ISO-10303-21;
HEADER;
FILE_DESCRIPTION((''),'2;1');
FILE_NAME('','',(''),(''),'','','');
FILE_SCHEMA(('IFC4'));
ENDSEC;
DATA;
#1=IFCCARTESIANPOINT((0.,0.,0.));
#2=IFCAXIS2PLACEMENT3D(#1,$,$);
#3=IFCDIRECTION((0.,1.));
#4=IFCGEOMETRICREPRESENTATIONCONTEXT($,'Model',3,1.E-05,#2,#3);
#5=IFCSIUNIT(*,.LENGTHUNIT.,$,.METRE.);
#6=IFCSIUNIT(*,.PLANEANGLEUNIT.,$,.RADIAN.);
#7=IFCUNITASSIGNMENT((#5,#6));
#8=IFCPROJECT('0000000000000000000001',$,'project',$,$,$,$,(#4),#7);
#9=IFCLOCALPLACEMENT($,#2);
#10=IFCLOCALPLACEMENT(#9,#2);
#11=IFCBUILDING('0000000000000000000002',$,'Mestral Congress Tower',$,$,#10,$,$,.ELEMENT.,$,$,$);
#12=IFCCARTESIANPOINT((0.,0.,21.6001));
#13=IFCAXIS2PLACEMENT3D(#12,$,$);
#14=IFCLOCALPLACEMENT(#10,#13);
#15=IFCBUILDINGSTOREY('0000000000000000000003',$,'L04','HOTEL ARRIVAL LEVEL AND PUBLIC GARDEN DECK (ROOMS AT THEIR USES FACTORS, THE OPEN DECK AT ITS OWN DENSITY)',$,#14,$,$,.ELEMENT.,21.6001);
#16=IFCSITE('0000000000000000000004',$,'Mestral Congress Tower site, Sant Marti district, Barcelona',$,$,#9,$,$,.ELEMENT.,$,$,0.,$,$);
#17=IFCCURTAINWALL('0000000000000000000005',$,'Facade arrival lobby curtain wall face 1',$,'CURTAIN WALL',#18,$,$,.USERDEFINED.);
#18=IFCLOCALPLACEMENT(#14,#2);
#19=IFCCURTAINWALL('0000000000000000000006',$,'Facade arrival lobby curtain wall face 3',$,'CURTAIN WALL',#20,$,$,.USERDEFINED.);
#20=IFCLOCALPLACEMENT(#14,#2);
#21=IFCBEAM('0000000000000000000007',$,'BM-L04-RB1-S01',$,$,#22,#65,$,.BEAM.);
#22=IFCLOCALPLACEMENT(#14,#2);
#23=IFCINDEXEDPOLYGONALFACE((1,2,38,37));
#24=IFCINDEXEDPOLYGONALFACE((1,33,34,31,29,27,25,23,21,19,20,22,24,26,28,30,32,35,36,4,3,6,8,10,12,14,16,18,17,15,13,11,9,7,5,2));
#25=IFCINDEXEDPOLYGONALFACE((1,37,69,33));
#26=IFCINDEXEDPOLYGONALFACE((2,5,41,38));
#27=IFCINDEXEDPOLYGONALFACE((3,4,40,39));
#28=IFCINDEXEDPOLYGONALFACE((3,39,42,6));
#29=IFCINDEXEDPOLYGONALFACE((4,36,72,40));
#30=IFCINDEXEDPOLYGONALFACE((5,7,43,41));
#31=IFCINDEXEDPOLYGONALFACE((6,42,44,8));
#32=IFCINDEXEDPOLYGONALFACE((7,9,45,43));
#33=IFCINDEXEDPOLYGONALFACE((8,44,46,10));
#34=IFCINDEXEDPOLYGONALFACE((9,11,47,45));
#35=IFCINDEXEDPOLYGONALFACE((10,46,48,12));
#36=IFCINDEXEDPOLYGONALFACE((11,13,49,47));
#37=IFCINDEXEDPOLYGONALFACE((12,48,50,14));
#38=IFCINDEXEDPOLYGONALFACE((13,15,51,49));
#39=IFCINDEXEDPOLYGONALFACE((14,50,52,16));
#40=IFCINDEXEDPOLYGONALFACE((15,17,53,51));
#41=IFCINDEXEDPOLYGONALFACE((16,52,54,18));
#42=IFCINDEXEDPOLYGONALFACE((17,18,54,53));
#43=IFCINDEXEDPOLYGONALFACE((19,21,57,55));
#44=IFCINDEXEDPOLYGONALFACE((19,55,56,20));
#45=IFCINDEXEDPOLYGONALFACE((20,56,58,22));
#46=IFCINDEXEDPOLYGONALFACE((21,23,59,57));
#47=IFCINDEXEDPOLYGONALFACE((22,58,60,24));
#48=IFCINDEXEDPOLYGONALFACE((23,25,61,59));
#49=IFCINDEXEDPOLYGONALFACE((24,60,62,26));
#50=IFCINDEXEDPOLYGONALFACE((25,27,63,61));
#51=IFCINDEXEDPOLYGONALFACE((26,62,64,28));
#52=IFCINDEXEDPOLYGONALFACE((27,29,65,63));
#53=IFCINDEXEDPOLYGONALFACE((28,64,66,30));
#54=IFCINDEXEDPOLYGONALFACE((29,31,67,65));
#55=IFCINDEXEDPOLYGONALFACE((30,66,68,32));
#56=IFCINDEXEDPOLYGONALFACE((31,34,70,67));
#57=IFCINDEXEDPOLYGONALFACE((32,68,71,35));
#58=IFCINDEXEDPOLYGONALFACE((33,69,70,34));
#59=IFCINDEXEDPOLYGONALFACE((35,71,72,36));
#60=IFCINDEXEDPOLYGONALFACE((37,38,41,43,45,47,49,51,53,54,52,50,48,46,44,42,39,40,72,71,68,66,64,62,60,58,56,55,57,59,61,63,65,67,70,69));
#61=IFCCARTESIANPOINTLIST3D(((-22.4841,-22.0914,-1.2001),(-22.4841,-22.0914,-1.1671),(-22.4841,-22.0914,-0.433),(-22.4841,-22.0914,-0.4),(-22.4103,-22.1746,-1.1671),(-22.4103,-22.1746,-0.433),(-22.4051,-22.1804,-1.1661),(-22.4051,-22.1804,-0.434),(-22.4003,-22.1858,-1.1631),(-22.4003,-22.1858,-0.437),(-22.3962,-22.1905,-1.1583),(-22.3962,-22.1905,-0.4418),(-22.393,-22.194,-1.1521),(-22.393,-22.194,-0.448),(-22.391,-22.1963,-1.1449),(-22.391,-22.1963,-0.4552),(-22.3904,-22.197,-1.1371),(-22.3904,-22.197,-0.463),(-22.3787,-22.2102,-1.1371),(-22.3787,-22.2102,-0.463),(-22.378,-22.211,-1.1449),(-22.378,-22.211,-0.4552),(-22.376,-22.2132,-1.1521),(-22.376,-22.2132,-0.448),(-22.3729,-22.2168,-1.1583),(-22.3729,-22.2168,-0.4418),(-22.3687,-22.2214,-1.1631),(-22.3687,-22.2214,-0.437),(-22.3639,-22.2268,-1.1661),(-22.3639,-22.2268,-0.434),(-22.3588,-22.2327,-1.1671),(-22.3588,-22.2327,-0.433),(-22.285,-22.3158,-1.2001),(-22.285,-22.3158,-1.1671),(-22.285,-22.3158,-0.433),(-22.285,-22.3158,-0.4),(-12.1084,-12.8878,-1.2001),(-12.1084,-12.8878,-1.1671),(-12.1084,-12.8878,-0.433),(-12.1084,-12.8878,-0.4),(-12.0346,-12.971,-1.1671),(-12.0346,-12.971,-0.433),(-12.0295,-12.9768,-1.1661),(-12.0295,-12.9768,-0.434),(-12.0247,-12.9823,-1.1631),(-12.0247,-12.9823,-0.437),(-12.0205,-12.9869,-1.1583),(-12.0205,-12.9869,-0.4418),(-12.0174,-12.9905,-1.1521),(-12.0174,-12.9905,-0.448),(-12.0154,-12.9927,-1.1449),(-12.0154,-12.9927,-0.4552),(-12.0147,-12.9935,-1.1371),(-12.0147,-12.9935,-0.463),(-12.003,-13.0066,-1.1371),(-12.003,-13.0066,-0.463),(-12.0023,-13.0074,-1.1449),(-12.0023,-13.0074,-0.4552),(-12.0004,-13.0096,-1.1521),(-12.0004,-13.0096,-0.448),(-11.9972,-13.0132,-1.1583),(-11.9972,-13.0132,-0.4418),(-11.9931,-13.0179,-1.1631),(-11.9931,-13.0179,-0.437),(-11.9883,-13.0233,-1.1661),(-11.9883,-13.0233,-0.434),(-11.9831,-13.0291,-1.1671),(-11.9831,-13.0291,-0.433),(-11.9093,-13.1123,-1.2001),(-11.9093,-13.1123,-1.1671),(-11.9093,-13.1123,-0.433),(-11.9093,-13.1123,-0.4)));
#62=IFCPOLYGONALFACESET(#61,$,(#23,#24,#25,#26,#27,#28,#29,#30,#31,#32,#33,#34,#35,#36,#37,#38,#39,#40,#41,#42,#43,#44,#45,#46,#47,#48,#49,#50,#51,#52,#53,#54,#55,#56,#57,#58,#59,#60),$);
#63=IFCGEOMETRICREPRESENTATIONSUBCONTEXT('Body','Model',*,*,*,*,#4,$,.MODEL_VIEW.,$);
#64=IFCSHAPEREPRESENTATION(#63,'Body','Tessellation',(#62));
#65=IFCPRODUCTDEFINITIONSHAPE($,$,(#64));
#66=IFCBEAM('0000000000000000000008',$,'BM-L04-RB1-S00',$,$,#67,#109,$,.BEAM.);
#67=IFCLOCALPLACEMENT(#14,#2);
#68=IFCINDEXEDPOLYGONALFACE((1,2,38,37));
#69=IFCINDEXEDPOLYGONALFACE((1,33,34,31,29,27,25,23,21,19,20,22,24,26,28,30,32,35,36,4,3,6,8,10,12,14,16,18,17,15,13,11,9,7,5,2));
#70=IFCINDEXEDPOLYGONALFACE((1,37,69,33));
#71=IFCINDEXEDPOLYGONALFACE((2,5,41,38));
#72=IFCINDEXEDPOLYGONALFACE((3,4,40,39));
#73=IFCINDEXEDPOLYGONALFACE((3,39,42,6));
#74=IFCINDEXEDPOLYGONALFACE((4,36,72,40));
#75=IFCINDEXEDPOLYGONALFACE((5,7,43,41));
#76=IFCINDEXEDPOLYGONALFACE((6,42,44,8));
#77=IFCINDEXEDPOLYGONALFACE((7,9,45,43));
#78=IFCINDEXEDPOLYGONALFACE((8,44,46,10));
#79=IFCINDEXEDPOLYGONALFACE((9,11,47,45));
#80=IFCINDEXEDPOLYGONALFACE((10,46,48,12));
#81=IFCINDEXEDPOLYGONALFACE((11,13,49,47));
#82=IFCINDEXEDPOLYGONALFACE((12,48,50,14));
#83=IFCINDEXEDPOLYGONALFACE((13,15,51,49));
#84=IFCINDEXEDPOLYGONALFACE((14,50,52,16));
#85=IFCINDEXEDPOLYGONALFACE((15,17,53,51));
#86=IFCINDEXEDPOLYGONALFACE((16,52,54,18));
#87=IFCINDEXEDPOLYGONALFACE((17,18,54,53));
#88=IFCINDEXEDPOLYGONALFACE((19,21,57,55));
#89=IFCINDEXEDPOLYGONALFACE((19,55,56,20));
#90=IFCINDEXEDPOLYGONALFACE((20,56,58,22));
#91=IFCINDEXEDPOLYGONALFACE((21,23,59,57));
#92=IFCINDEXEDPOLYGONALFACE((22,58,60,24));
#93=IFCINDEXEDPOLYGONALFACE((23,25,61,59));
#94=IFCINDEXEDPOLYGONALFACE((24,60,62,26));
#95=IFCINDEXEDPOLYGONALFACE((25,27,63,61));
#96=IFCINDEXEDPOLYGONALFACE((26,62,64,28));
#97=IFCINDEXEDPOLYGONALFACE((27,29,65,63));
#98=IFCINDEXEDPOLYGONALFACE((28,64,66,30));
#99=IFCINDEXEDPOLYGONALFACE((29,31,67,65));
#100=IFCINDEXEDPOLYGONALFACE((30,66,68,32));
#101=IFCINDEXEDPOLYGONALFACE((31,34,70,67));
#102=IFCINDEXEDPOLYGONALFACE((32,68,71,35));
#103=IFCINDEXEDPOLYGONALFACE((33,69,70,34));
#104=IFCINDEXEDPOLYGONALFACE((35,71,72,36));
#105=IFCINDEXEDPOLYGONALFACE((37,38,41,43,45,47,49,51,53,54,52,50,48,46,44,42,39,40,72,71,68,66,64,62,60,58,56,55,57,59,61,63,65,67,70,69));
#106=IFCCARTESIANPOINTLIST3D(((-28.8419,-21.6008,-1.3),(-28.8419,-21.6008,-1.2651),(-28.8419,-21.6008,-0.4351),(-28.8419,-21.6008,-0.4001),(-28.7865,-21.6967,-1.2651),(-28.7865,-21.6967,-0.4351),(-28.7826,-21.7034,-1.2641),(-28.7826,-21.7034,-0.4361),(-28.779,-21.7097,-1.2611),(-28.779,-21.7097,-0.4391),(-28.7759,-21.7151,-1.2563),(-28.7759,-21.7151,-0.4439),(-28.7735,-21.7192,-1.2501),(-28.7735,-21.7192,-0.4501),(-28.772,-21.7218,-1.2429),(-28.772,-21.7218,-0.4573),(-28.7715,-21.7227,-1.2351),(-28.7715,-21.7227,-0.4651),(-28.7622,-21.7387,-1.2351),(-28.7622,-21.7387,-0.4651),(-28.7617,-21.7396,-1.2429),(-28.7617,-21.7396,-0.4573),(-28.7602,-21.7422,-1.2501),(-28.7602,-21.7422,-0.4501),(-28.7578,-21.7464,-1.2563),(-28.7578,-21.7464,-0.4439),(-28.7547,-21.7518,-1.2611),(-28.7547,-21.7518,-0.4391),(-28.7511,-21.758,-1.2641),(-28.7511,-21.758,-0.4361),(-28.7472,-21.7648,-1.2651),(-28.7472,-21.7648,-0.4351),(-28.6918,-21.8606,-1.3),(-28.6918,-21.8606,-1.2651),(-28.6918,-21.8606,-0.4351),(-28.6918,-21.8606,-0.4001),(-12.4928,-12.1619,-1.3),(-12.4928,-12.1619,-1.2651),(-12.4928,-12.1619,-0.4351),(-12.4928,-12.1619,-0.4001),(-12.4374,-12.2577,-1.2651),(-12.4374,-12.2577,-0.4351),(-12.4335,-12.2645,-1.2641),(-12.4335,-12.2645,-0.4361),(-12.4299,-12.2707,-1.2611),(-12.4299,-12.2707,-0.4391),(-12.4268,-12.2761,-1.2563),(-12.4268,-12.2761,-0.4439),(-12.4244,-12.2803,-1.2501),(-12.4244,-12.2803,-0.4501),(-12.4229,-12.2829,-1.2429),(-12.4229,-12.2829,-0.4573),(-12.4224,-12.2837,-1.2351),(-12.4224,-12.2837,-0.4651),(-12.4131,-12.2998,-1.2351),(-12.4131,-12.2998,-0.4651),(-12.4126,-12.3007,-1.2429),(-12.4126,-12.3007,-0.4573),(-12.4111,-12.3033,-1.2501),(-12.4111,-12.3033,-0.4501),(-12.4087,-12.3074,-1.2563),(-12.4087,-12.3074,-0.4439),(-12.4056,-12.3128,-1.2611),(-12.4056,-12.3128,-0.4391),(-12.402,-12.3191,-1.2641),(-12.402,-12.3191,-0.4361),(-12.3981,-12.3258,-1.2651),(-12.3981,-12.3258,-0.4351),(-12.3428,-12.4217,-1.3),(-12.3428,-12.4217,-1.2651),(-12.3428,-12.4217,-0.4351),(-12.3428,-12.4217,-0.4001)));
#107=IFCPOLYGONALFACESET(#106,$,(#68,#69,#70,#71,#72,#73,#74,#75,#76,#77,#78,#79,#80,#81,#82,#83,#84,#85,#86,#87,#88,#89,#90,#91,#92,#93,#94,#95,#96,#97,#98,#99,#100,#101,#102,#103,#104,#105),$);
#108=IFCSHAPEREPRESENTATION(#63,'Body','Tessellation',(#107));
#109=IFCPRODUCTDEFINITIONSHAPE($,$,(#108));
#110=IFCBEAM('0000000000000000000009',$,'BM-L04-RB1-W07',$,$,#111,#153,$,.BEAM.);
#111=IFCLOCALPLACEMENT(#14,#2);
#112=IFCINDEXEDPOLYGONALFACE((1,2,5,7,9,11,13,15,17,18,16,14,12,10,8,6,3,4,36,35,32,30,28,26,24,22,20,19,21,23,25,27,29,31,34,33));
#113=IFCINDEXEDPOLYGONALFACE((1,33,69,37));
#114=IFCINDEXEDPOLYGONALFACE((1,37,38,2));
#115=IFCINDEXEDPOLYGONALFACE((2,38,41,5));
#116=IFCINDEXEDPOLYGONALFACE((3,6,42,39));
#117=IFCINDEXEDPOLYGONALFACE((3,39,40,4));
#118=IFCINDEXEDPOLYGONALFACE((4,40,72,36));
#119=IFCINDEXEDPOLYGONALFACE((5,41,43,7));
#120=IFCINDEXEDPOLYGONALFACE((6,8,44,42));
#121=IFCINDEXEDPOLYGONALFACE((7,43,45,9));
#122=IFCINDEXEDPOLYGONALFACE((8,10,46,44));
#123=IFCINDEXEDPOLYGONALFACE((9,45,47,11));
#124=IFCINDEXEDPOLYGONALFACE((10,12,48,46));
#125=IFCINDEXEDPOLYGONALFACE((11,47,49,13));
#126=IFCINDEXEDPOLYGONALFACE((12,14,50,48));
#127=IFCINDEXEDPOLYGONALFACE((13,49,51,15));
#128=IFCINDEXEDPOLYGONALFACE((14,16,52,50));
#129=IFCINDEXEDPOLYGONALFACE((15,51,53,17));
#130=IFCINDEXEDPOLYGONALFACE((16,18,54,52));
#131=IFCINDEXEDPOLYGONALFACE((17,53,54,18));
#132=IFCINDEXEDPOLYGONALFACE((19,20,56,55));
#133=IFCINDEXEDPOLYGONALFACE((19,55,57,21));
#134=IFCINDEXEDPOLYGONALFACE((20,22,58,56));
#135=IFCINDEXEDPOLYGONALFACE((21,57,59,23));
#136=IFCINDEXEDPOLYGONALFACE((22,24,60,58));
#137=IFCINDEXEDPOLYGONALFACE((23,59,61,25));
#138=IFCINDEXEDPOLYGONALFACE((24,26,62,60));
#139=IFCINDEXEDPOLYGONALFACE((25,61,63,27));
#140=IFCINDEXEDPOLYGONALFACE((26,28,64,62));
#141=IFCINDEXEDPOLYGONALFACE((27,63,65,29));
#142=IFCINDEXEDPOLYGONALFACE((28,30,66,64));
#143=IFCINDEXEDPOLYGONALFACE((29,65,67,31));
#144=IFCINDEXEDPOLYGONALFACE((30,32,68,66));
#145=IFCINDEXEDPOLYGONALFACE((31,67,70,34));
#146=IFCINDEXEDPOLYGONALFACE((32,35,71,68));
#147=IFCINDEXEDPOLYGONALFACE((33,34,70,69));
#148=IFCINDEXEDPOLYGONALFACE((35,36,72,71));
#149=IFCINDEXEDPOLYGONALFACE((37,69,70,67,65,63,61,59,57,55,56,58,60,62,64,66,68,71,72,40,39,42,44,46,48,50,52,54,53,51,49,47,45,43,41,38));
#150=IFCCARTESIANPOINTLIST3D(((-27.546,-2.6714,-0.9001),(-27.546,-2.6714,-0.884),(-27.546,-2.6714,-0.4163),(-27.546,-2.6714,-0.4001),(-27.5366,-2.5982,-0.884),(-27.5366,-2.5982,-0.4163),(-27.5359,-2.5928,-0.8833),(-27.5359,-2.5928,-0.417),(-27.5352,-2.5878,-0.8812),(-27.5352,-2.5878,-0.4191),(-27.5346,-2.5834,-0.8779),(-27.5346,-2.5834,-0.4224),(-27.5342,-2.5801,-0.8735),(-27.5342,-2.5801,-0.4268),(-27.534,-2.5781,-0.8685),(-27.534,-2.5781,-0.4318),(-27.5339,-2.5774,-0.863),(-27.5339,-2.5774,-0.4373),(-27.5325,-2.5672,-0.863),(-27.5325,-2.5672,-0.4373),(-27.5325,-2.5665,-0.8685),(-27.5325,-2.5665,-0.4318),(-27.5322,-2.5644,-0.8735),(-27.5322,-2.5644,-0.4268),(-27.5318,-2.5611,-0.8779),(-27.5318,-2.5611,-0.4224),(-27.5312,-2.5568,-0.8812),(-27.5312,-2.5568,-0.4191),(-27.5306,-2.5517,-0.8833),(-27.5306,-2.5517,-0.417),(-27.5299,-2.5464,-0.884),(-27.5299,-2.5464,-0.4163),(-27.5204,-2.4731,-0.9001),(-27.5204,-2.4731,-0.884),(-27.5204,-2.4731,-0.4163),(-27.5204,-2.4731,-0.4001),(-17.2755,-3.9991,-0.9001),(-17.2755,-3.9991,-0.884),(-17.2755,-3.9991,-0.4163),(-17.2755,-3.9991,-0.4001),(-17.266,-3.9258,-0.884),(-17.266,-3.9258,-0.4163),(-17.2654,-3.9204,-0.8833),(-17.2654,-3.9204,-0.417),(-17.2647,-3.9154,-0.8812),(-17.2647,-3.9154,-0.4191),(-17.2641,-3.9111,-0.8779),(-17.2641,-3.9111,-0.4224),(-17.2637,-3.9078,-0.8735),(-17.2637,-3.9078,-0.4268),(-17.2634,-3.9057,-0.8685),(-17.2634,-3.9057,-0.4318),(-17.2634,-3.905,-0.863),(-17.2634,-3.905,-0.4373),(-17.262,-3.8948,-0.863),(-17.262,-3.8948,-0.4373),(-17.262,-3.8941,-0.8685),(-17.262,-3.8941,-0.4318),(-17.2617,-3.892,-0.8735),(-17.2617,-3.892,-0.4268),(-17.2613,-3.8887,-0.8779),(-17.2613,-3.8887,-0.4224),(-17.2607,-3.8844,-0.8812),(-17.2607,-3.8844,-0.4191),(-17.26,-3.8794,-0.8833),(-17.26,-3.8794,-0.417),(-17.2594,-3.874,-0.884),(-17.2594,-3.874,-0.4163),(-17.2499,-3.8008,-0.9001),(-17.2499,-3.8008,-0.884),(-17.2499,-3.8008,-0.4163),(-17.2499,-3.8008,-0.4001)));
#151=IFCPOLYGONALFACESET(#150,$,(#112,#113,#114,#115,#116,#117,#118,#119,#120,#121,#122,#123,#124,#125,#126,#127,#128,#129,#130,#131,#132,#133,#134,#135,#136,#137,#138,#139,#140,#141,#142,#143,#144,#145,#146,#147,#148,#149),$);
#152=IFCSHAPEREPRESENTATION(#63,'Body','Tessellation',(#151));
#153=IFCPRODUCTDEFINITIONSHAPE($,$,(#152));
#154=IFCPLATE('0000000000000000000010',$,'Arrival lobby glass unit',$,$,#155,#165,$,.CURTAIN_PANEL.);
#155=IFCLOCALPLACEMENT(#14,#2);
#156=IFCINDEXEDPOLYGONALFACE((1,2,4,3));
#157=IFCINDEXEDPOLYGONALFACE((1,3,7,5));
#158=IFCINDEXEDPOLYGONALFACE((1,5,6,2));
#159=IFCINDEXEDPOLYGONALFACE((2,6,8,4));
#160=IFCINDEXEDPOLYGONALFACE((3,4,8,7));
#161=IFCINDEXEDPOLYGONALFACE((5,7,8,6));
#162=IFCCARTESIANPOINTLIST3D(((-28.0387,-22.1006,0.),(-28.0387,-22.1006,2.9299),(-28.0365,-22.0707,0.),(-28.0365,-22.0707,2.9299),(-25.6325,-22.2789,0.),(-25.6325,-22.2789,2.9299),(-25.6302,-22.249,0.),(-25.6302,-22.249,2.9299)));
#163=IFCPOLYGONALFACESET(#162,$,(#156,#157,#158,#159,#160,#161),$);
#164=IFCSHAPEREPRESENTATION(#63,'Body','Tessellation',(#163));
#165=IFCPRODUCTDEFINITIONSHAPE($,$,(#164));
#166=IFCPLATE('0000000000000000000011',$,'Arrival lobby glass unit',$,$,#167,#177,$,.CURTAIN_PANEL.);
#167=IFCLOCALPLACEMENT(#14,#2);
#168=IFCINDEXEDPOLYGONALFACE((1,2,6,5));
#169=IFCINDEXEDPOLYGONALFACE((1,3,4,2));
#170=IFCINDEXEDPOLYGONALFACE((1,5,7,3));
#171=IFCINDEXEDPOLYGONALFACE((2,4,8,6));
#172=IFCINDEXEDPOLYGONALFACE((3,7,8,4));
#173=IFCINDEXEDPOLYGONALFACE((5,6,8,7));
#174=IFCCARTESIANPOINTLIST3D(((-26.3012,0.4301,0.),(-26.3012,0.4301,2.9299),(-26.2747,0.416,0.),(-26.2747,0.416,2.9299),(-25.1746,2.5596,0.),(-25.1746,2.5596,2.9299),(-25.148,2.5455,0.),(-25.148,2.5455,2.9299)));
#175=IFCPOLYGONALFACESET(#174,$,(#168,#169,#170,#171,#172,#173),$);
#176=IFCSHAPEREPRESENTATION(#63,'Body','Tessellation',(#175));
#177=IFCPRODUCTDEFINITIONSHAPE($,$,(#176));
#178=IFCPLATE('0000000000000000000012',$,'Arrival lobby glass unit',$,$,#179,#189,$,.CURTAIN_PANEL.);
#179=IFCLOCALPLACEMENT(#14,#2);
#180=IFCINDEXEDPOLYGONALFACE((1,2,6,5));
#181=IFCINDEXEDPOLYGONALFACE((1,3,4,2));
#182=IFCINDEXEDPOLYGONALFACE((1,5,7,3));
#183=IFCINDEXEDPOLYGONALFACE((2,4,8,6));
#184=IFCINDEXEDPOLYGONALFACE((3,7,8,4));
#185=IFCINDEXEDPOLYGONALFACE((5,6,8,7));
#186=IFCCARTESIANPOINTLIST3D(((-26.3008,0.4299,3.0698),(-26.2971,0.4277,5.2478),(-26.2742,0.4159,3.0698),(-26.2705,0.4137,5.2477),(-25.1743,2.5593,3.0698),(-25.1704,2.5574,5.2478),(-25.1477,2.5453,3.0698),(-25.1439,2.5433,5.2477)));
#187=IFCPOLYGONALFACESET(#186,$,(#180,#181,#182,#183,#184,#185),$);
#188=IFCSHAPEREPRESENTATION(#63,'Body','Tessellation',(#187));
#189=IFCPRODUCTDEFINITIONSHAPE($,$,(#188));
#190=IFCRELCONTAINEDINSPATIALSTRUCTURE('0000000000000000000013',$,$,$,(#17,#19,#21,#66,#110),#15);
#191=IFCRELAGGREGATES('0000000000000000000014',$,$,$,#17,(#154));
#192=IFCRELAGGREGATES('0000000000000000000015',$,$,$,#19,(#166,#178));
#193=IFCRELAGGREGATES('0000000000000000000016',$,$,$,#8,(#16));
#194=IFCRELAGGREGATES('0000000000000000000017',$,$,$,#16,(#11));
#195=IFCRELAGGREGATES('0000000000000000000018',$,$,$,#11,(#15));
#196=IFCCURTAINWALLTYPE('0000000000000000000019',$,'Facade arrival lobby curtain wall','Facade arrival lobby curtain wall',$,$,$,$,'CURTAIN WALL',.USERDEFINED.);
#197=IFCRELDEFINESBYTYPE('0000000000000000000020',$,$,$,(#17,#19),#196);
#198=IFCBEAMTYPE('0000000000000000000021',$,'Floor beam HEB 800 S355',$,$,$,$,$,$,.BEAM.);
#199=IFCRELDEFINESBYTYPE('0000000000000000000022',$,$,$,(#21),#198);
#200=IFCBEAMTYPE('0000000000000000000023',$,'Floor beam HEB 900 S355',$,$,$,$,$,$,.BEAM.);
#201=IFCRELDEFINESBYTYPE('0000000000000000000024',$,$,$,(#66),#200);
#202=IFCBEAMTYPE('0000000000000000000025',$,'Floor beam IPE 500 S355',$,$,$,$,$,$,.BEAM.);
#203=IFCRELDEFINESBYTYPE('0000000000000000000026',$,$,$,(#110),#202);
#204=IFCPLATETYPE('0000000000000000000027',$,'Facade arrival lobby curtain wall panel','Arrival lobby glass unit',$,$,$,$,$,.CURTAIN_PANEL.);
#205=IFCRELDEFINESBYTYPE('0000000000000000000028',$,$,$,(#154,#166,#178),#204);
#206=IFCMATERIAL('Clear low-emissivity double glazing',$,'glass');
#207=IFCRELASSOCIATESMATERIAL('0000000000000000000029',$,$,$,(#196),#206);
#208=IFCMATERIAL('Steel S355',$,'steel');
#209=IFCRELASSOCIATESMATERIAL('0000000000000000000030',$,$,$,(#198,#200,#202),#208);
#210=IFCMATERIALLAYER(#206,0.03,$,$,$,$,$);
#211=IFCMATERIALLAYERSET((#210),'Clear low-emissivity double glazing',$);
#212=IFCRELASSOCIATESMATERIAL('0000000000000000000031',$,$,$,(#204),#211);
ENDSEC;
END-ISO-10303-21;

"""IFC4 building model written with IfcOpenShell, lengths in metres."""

from ifc_helpers import new_model, si_unit, direction, frame, origin, origin_2d, place, context, subcontext, project, spatial, polyline, rectangle, i_section, outline, extrude, material, layer, layer_set, material_profile, profile_set, type_object, element, aggregate, save


model = new_model("IFC4")

# Units and contexts
model_context = context("Model", 3, precision=1e-05, world=origin(), true_north=direction((0.0, 1.0)))
body_context = subcontext(model_context, "Body", "Model", "MODEL_VIEW")
ifc_project = project(units=[si_unit("LENGTHUNIT", "METRE"), si_unit("PLANEANGLEUNIT", "RADIAN")], contexts=[model_context])

# Site, building, storey
site_placement = place(None, origin())
site = spatial("IfcSite", under=ifc_project, at=site_placement, Name="Mestral Congress Tower site, Sant Marti district, Barcelona", CompositionType="ELEMENT", RefElevation=0.0)
building_placement = place(site_placement, origin())
building = spatial("IfcBuilding", under=site, at=building_placement, Name="Mestral Congress Tower", CompositionType="ELEMENT")
storey_placement = place(building_placement, frame((0.0, 0.0, 21.6001)))
storey = spatial("IfcBuildingStorey", under=building, at=storey_placement, Name="L04", Description="HOTEL ARRIVAL LEVEL AND PUBLIC GARDEN DECK (ROOMS AT THEIR USES FACTORS, THE OPEN DECK AT ITS OWN DENSITY)", CompositionType="ELEMENT", Elevation=21.6001)

# Curtain wall
ifc_material_1 = material(Name="Clear low-emissivity double glazing", Category="glass")
curtain_wall_type = type_object("IfcCurtainWallType", Name="Facade arrival lobby curtain wall", Description="Facade arrival lobby curtain wall", ElementType="CURTAIN WALL", PredefinedType="USERDEFINED", material=ifc_material_1)
placement = place(storey_placement, origin())
curtain_wall_1 = element("IfcCurtainWall", 1, at=placement, inside=storey, type_object=curtain_wall_type, Name="Facade arrival lobby curtain wall face 1", ObjectType="CURTAIN WALL", PredefinedType="USERDEFINED")

# Curtain wall
curtain_wall_2 = element("IfcCurtainWall", 2, at=placement, inside=storey, type_object=curtain_wall_type, Name="Facade arrival lobby curtain wall face 3", ObjectType="CURTAIN WALL", PredefinedType="USERDEFINED")

# Beams
ifc_material_2 = material(Name="Steel S355", Category="steel")
ifc_material_profile_1 = material_profile(ifc_material_2, i_section(OverallWidth=0.3, OverallDepth=0.8, WebThickness=0.0176, FlangeThickness=0.033, FilletRadius=0.03, at=origin_2d()), Name="HEB 800")
ifc_profile_set_1 = profile_set([ifc_material_profile_1], Name="Steel S355")
beam_type_1 = type_object("IfcBeamType", Name="Floor beam HEB 800 S355", PredefinedType="BEAM", material=ifc_profile_set_1)
beam_1_placement = place(storey_placement, frame((-22.3845, -22.2036, -0.8), z_axis=(0.748098, 0.663588, 0.0), x_axis=(-0.663588, 0.748098, 0.0)))
element("IfcBeam", 3, at=beam_1_placement, inside=storey, type_object=beam_type_1, Name="BM-L04-RB1-S01", PredefinedType="BEAM", context=body_context, shape_type="SweptSolid", body=[
    extrude(i_section(OverallWidth=0.3, OverallDepth=0.8, WebThickness=0.0176, FlangeThickness=0.033, FilletRadius=0.03, at=origin_2d()), origin(), (0.0, 0.0, 1.0), 13.8694),
])
ifc_material_profile_2 = material_profile(ifc_material_2, i_section(OverallWidth=0.3, OverallDepth=0.8999, WebThickness=0.0186, FlangeThickness=0.0349, FilletRadius=0.03, at=origin_2d()), Name="HEB 900")
ifc_profile_set_2 = profile_set([ifc_material_profile_2], Name="Steel S355")
beam_type_2 = type_object("IfcBeamType", Name="Floor beam HEB 900 S355", PredefinedType="BEAM", material=ifc_profile_set_2)
beam_2_placement = place(storey_placement, frame((-28.7668, -21.7307, -0.8501), z_axis=(0.86603, 0.499992, 0.0), x_axis=(-0.499992, 0.86603, 0.0)))
element("IfcBeam", 4, at=beam_2_placement, inside=storey, type_object=beam_type_2, Name="BM-L04-RB1-S00", PredefinedType="BEAM", context=body_context, shape_type="SweptSolid", body=[
    extrude(i_section(OverallWidth=0.3, OverallDepth=0.8999, WebThickness=0.0186, FlangeThickness=0.0349, FilletRadius=0.03, at=origin_2d()), origin(), (0.0, 0.0, 1.0), 18.8782),
])
ifc_material_profile_3 = material_profile(ifc_material_2, i_section(OverallWidth=0.2, OverallDepth=0.5, WebThickness=0.0103, FlangeThickness=0.0161, FilletRadius=0.021, at=origin_2d()), Name="IPE 500")
ifc_profile_set_3 = profile_set([ifc_material_profile_3], Name="Steel S355")
beam_type_3 = type_object("IfcBeamType", Name="Floor beam IPE 500 S355", PredefinedType="BEAM", material=ifc_profile_set_3)
beam_3_placement = place(storey_placement, frame((-27.5332, -2.5723, -0.6501), z_axis=(0.991748, -0.1282, 0.0), x_axis=(0.1282, 0.991748, 0.0)))
element("IfcBeam", 5, at=beam_3_placement, inside=storey, type_object=beam_type_3, Name="BM-L04-RB1-W07", PredefinedType="BEAM", context=body_context, shape_type="SweptSolid", body=[
    extrude(i_section(OverallWidth=0.2, OverallDepth=0.5, WebThickness=0.0103, FlangeThickness=0.0161, FilletRadius=0.021, at=origin_2d()), origin(), (0.0, 0.0, 1.0), 10.356),
])

# Plates
ifc_layer_1 = layer(ifc_material_1, 0.03)
ifc_layer_set_1 = layer_set([ifc_layer_1], Name="Clear low-emissivity double glazing")
plate_type = type_object("IfcPlateType", Name="Facade arrival lobby curtain wall panel", Description="Arrival lobby glass unit", PredefinedType="CURTAIN_PANEL", material=ifc_layer_set_1)
plate_1_placement = place(storey_placement, frame((-26.8345, -22.1748, 0.0), z_axis=(0.0, 0.0, 1.0), x_axis=(0.997267, -0.073879, 0.0)))
plate_1 = element("IfcPlate", 6, at=plate_1_placement, type_object=plate_type, Name="Arrival lobby glass unit", PredefinedType="CURTAIN_PANEL", context=body_context, shape_type="SweptSolid", body=[
    extrude(rectangle(XDim=2.4128, YDim=0.03, at=origin_2d()), origin(), (0.0, 0.0, 1.0), 2.9299),
])
aggregate(curtain_wall_1, [plate_1])
plate_2_placement = place(storey_placement, frame((-25.7246, 1.4878, 0.0), z_axis=(0.0, 0.0, 1.0), x_axis=(-0.467651, -0.883913, 0.0)))
plate_2 = element("IfcPlate", 7, at=plate_2_placement, type_object=plate_type, Name="Arrival lobby glass unit", PredefinedType="CURTAIN_PANEL", context=body_context, shape_type="SweptSolid", body=[
    extrude(rectangle(XDim=2.4092, YDim=0.03, at=origin_2d()), origin(), (0.0, 0.0, 1.0), 2.9299),
])
plate_3_placement = place(storey_placement, frame((-26.3008, 0.4299, 3.0698), z_axis=(-0.883924, 0.467626, 0.001981), x_axis=(0.467627, 0.883926, 0.0)))
plate_3 = element("IfcPlate", 8, at=plate_3_placement, type_object=plate_type, Name="Arrival lobby glass unit", PredefinedType="CURTAIN_PANEL", context=body_context, shape_type="SweptSolid", body=[
    extrude(outline(polyline([(0.0, 0.0), (2.409, 0.0), (2.4091, -2.178), (-0.0002, -2.178), (0.0, 0.0)])), origin(), (0.0, 0.0, -1.0), 0.03),
])
aggregate(curtain_wall_2, [plate_2, plate_3])

save(model, "model.ifc")
